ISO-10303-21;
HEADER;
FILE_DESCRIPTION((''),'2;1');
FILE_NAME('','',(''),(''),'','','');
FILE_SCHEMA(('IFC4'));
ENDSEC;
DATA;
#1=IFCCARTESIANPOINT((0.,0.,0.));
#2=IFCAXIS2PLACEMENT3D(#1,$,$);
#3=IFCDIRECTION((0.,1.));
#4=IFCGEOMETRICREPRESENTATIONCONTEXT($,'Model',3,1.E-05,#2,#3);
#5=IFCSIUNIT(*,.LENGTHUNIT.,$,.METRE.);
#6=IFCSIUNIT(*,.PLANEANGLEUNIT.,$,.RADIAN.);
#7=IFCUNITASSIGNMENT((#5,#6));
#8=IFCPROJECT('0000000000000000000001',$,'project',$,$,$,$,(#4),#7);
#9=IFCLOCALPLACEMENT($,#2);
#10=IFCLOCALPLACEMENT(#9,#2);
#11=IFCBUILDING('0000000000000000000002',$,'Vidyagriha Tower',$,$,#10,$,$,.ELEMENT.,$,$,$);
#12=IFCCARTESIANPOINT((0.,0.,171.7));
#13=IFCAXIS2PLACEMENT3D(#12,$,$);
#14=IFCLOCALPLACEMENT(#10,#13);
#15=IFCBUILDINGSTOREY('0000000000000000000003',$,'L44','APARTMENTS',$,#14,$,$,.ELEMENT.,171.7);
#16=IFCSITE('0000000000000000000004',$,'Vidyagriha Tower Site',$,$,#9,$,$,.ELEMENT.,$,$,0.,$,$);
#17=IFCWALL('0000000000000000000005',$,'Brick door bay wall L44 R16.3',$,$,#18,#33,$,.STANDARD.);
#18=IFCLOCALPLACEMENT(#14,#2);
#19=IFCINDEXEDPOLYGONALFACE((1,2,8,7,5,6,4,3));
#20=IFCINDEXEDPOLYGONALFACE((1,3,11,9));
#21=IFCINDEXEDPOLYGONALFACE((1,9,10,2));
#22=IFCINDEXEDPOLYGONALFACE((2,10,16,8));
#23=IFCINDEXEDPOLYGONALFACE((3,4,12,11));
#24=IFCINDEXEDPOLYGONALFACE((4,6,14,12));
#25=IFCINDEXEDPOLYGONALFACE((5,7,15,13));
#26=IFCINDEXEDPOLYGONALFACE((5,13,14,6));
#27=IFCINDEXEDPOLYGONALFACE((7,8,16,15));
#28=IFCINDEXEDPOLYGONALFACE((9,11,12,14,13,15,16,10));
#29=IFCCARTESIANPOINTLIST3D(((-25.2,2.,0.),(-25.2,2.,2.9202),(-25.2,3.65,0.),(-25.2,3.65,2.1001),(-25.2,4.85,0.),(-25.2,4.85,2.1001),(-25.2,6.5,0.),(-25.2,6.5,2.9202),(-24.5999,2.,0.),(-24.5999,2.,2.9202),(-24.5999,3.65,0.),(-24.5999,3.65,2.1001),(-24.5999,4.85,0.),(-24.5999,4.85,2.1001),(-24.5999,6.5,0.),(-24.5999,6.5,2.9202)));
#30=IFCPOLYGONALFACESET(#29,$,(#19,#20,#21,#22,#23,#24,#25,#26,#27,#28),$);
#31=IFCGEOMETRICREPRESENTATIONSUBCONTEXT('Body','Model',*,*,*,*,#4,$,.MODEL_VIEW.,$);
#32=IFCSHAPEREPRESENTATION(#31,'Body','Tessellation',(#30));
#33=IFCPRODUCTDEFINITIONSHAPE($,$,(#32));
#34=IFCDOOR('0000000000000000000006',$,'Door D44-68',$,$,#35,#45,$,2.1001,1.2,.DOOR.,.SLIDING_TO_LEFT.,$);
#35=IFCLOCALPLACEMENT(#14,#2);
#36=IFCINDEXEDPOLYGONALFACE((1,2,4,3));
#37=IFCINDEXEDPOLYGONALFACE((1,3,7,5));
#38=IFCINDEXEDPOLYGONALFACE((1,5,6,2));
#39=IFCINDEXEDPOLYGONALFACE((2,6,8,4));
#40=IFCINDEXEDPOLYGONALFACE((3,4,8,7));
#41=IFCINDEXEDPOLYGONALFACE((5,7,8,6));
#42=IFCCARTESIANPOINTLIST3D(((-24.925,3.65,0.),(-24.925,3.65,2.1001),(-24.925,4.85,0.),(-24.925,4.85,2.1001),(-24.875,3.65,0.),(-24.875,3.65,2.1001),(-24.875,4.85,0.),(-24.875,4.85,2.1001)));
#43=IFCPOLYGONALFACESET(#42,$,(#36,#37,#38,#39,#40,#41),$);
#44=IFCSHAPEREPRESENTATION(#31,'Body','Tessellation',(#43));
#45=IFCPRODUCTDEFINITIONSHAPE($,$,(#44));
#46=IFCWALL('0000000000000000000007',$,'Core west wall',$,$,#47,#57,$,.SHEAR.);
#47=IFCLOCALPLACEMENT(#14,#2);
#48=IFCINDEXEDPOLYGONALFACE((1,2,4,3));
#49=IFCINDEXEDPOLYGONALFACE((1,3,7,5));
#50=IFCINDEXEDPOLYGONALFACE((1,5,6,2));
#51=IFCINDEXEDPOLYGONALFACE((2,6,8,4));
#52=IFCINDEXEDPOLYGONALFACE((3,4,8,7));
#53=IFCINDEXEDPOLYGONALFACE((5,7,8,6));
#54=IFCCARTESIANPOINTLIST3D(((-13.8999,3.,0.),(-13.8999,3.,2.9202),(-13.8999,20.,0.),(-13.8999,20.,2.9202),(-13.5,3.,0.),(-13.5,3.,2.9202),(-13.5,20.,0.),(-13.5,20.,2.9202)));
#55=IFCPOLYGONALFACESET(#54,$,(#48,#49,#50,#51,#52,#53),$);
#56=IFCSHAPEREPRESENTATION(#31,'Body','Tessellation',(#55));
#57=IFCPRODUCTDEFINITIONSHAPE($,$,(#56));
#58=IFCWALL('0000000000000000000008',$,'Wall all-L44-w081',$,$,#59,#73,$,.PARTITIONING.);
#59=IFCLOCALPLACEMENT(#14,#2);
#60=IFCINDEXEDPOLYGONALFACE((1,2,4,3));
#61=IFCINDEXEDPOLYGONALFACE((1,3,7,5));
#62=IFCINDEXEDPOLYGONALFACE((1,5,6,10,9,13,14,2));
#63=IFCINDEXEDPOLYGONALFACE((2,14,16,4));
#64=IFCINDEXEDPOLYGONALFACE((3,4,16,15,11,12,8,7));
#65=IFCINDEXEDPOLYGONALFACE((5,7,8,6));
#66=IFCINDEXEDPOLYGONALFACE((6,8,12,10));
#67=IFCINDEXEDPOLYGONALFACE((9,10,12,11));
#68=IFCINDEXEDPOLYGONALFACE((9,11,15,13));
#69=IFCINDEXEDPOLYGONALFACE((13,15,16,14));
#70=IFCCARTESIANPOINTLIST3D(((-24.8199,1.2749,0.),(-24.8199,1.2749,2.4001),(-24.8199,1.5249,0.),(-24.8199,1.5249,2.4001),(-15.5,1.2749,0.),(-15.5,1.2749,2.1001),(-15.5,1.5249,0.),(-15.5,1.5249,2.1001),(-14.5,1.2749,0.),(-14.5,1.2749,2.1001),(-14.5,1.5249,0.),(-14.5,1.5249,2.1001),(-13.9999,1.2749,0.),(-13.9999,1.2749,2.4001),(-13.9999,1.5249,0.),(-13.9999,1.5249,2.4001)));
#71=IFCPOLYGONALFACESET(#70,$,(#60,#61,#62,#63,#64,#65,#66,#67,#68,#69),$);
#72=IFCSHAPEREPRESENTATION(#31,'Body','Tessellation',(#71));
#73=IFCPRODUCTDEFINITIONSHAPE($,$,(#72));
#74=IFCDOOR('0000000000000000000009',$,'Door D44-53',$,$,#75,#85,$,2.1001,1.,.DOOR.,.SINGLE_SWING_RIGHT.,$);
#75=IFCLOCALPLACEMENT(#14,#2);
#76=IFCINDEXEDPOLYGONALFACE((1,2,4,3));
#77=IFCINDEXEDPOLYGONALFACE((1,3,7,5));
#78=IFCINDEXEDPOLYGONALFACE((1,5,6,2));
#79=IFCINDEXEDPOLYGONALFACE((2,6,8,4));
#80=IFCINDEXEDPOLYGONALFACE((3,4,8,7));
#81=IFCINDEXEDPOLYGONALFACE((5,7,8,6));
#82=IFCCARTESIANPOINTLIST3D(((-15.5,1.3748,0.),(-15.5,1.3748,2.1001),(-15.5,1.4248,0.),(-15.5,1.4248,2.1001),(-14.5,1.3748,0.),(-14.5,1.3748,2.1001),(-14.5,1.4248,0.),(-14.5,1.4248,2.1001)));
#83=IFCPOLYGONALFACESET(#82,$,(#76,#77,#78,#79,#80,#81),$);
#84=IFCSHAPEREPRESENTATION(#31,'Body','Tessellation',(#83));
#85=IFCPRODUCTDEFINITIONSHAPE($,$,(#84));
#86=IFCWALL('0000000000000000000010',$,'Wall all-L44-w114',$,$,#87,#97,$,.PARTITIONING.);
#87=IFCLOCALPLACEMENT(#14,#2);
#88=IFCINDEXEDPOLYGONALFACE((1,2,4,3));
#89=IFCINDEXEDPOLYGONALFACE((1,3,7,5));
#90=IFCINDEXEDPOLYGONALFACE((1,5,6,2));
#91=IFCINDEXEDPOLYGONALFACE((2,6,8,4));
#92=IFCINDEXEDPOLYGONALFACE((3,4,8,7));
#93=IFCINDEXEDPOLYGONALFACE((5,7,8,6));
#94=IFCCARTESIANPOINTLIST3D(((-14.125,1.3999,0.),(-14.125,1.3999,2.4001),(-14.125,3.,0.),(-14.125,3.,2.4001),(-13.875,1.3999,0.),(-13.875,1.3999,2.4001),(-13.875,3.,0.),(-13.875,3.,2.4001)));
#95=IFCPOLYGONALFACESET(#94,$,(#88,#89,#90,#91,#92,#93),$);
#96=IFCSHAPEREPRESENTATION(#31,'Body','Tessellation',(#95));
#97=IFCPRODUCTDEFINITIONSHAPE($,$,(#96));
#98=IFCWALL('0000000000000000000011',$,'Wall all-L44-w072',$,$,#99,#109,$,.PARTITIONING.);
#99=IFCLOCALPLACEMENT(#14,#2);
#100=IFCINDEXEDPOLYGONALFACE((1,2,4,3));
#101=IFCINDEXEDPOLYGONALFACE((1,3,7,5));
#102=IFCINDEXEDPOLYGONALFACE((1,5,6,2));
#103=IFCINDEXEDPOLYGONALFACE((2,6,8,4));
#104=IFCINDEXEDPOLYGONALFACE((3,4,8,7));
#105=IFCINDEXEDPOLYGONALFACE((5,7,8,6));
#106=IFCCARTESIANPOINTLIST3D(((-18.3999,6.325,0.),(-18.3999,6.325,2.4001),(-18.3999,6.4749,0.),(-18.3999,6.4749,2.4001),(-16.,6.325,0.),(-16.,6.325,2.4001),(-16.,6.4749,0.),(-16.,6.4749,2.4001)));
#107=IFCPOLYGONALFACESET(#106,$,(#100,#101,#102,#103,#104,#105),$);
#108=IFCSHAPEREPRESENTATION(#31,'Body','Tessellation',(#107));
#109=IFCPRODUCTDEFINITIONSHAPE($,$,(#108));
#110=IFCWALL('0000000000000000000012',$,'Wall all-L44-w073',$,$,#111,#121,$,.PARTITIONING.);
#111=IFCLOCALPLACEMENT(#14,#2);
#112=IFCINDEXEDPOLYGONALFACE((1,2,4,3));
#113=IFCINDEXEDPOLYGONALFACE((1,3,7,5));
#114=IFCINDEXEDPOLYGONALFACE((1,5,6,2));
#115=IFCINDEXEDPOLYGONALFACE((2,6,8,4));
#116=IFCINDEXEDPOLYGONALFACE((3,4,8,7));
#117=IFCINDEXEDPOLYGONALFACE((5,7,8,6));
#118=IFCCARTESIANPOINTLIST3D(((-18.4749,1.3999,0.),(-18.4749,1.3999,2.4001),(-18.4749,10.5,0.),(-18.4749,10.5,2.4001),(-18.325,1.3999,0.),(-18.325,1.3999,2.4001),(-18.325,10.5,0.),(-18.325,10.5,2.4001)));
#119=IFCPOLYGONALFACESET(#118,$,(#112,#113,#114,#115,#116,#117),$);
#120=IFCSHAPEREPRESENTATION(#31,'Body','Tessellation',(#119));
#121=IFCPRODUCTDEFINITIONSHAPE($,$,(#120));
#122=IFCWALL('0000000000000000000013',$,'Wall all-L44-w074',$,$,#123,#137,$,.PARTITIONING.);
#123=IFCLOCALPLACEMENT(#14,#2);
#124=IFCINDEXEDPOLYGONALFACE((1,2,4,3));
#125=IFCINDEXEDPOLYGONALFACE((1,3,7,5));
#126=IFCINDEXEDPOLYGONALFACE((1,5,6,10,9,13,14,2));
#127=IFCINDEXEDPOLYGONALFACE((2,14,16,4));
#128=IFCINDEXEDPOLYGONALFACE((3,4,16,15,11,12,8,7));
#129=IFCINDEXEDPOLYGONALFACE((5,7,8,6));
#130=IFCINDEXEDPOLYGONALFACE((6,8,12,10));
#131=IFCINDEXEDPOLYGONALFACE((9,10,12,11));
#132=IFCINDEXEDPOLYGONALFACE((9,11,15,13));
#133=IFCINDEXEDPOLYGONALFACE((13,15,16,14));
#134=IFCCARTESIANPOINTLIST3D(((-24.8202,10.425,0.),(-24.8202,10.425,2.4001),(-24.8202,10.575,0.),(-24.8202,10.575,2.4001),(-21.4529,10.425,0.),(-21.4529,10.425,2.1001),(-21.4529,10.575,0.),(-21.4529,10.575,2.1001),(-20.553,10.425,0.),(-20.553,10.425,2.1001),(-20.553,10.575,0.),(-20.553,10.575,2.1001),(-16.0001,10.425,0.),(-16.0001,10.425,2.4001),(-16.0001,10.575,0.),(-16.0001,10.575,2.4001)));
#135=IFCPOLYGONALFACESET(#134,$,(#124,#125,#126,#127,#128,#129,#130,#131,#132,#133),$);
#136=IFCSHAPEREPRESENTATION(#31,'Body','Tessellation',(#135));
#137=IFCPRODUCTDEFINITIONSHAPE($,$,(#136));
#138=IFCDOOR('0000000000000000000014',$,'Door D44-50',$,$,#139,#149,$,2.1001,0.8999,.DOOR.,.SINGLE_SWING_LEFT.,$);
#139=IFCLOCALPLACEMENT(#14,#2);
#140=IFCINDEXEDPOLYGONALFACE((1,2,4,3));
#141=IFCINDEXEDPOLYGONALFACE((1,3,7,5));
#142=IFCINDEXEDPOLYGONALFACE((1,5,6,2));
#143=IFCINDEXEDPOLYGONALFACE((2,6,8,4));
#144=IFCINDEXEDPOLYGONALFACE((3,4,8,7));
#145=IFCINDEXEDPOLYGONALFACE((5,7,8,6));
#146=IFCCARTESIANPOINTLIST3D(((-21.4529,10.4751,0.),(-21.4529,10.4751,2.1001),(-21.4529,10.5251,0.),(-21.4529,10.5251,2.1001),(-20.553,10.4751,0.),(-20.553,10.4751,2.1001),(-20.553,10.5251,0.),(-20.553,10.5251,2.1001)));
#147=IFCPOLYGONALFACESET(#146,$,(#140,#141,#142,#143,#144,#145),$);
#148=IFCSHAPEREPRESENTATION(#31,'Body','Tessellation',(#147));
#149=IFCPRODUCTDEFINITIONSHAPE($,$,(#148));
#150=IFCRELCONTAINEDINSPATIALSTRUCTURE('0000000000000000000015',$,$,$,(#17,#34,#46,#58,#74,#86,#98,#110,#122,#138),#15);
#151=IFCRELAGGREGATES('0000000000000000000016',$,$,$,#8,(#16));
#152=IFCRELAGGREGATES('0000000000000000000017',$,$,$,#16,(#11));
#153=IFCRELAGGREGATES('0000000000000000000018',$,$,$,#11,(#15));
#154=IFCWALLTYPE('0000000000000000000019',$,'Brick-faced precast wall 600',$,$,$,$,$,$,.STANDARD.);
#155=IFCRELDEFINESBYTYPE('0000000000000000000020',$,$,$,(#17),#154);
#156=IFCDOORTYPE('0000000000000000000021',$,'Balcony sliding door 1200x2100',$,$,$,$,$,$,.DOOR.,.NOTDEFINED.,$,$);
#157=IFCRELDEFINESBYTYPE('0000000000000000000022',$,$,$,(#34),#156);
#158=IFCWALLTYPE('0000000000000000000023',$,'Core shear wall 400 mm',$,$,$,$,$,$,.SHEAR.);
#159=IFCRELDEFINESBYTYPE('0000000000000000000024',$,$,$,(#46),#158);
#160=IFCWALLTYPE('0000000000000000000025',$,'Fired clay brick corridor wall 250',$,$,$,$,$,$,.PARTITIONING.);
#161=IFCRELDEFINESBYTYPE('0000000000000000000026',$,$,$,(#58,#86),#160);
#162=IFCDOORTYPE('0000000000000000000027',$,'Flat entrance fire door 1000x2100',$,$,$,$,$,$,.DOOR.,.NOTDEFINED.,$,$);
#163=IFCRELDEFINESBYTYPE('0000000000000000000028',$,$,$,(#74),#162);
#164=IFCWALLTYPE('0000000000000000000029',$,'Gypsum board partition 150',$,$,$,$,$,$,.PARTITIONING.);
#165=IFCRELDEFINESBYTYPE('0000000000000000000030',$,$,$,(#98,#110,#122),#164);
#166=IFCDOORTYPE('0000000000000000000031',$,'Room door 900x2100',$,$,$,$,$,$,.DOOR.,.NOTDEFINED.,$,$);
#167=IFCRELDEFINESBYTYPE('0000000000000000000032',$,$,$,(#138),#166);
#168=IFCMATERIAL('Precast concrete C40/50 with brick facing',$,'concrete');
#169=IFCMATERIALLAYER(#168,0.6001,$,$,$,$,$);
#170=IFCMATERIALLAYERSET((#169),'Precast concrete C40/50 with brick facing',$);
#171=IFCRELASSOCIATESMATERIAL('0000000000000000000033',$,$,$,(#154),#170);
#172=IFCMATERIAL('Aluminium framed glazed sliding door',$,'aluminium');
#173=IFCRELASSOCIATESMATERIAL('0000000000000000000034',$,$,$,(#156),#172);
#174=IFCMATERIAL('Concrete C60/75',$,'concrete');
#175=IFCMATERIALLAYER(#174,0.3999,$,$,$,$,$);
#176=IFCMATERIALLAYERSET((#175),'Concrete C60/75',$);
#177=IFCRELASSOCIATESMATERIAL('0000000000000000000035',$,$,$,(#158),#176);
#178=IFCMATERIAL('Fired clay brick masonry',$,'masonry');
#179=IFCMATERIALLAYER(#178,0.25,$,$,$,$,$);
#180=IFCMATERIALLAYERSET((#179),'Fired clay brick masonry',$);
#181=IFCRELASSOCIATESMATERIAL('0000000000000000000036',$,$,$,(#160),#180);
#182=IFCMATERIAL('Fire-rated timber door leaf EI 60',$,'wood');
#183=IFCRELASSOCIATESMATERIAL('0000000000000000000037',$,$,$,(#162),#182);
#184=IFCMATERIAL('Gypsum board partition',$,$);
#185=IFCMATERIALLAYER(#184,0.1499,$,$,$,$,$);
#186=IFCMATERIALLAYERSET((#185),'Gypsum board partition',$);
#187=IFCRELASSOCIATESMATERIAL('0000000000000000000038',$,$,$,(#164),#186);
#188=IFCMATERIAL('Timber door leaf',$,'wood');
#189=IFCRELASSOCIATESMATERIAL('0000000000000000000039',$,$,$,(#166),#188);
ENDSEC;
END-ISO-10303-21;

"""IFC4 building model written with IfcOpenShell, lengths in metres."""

from ifc_helpers import new_model, si_unit, direction, frame, frame_2d, origin, place, context, subcontext, project, spatial, rectangle, extrude, material, layer, layer_set, type_object, element, fill, save


model = new_model("IFC4")

# Units and contexts
model_context = context("Model", 3, precision=1e-05, world=origin(), true_north=direction((0.0, 1.0)))
body_context = subcontext(model_context, "Body", "Model", "MODEL_VIEW")
ifc_project = project(units=[si_unit("LENGTHUNIT", "METRE"), si_unit("PLANEANGLEUNIT", "RADIAN")], contexts=[model_context])

# Site, building, storey
site_placement = place(None, origin())
site = spatial("IfcSite", under=ifc_project, at=site_placement, Name="Vidyagriha Tower Site", CompositionType="ELEMENT", RefElevation=0.0)
building_placement = place(site_placement, origin())
building = spatial("IfcBuilding", under=site, at=building_placement, Name="Vidyagriha Tower", CompositionType="ELEMENT")
storey_placement = place(building_placement, frame((0.0, 0.0, 171.7)))
storey = spatial("IfcBuildingStorey", under=building, at=storey_placement, Name="L44", Description="APARTMENTS", CompositionType="ELEMENT", Elevation=171.7)

# Wall, opening, door
ifc_material_1 = material(Name="Precast concrete C40/50 with brick facing", Category="concrete")
ifc_layer_1 = layer(ifc_material_1, 0.6001)
ifc_layer_set_1 = layer_set([ifc_layer_1], Name="Precast concrete C40/50 with brick facing")
wall_type_1 = type_object("IfcWallType", Name="Brick-faced precast wall 600", PredefinedType="STANDARD", material=ifc_layer_set_1)
wall_1_placement = place(storey_placement, frame((-24.8999, 6.5, 0.0), z_axis=(0.0, 0.0, 1.0), x_axis=(0.0, -1.0, 0.0)))
wall_1 = element("IfcWall", 1, at=wall_1_placement, inside=storey, type_object=wall_type_1, Name="Brick door bay wall L44 R16.3", PredefinedType="STANDARD", context=body_context, shape_type="SweptSolid", body=[
    extrude(rectangle(XDim=4.5, YDim=0.6001, at=frame_2d((2.25, 0.0))), origin(), (0.0, 0.0, 1.0), 2.9202),
])
opening_1_placement = place(wall_1_placement, frame((1.6499, 0.0, 0.0)))
opening_1 = element("IfcOpeningElement", 2, at=opening_1_placement, cuts=wall_1, PredefinedType="OPENING", context=body_context, shape_type="SweptSolid", body=[
    extrude(rectangle(XDim=1.2, YDim=2.1001, at=frame_2d((0.6001, 1.05))), frame((0.0, 0.3101, 0.0), z_axis=(0.0, -1.0, 0.0), x_axis=(1.0, 0.0, 0.0)), (0.0, 0.0, 1.0), 0.6201),
])
ifc_material_2 = material(Name="Aluminium framed glazed sliding door", Category="aluminium")
door_type_1 = type_object("IfcDoorType", Name="Balcony sliding door 1200x2100", OperationType="NOTDEFINED", PredefinedType="DOOR", material=ifc_material_2)
door_1_placement = place(opening_1_placement, origin())
door_1 = element("IfcDoor", 3, at=door_1_placement, inside=storey, type_object=door_type_1, Name="Door D44-68", OperationType="SLIDING_TO_LEFT", OverallHeight=2.1001, OverallWidth=1.2, PredefinedType="DOOR", context=body_context, shape_type="SweptSolid", body=[
    extrude(rectangle(XDim=1.2, YDim=2.1001, at=frame_2d((0.6001, 1.05))), frame((0.0, 0.0249, 0.0), z_axis=(0.0, -1.0, 0.0), x_axis=(1.0, 0.0, 0.0)), (0.0, 0.0, 1.0), 0.05),
])
fill(opening_1, door_1)

# Wall
ifc_material_3 = material(Name="Concrete C60/75", Category="concrete")
ifc_layer_2 = layer(ifc_material_3, 0.3999)
ifc_layer_set_2 = layer_set([ifc_layer_2], Name="Concrete C60/75")
wall_type_2 = type_object("IfcWallType", Name="Core shear wall 400 mm", PredefinedType="SHEAR", material=ifc_layer_set_2)
wall_2_placement = place(storey_placement, frame((-13.7, 3.0, 0.0), z_axis=(0.0, 0.0, 1.0), x_axis=(0.0, 1.0, 0.0)))
element("IfcWall", 4, at=wall_2_placement, inside=storey, type_object=wall_type_2, Name="Core west wall", PredefinedType="SHEAR", context=body_context, shape_type="SweptSolid", body=[
    extrude(rectangle(XDim=17.0, YDim=0.3999, at=frame_2d((8.5, 0.0))), origin(), (0.0, 0.0, 1.0), 2.9202),
])

# Wall, opening, door
ifc_material_4 = material(Name="Fired clay brick masonry", Category="masonry")
ifc_layer_3 = layer(ifc_material_4, 0.25)
ifc_layer_set_3 = layer_set([ifc_layer_3], Name="Fired clay brick masonry")
wall_type_3 = type_object("IfcWallType", Name="Fired clay brick corridor wall 250", PredefinedType="PARTITIONING", material=ifc_layer_set_3)
wall_3_placement = place(storey_placement, frame((-24.8201, 1.3999, 0.0)))
wall_3 = element("IfcWall", 5, at=wall_3_placement, inside=storey, type_object=wall_type_3, Name="Wall all-L44-w081", PredefinedType="PARTITIONING", context=body_context, shape_type="SweptSolid", body=[
    extrude(rectangle(XDim=10.8201, YDim=0.25, at=frame_2d((5.4102, 0.0))), origin(), (0.0, 0.0, 1.0), 2.4001),
])
opening_2_placement = place(wall_3_placement, frame((9.3201, 0.0, 0.0)))
opening_2 = element("IfcOpeningElement", 6, at=opening_2_placement, cuts=wall_3, PredefinedType="OPENING", context=body_context, shape_type="SweptSolid", body=[
    extrude(rectangle(XDim=1.0, YDim=2.1001, at=frame_2d((0.5, 1.05))), frame((0.0, 0.135, 0.0), z_axis=(0.0, -1.0, 0.0), x_axis=(1.0, 0.0, 0.0)), (0.0, 0.0, 1.0), 0.27),
])
ifc_material_5 = material(Name="Fire-rated timber door leaf EI 60", Category="wood")
door_type_2 = type_object("IfcDoorType", Name="Flat entrance fire door 1000x2100", OperationType="NOTDEFINED", PredefinedType="DOOR", material=ifc_material_5)
door_2_placement = place(opening_2_placement, origin())
door_2 = element("IfcDoor", 7, at=door_2_placement, inside=storey, type_object=door_type_2, Name="Door D44-53", OperationType="SINGLE_SWING_RIGHT", OverallHeight=2.1001, OverallWidth=1.0, PredefinedType="DOOR", context=body_context, shape_type="SweptSolid", body=[
    extrude(rectangle(XDim=1.0, YDim=2.1001, at=frame_2d((0.5, 1.05))), frame((0.0, 0.0249, 0.0), z_axis=(0.0, -1.0, 0.0), x_axis=(1.0, 0.0, 0.0)), (0.0, 0.0, 1.0), 0.05),
])
fill(opening_2, door_2)

# Walls
wall_4_placement = place(storey_placement, frame((-14.0, 3.0, 0.0), z_axis=(0.0, 0.0, 1.0), x_axis=(0.0, -1.0, 0.0)))
element("IfcWall", 8, at=wall_4_placement, inside=storey, type_object=wall_type_3, Name="Wall all-L44-w114", PredefinedType="PARTITIONING", context=body_context, shape_type="SweptSolid", body=[
    extrude(rectangle(XDim=1.6001, YDim=0.25, at=frame_2d((0.8, 0.0))), origin(), (0.0, 0.0, 1.0), 2.4001),
])
ifc_material_6 = material(Name="Gypsum board partition")
ifc_layer_4 = layer(ifc_material_6, 0.1499)
ifc_layer_set_4 = layer_set([ifc_layer_4], Name="Gypsum board partition")
wall_type_4 = type_object("IfcWallType", Name="Gypsum board partition 150", PredefinedType="PARTITIONING", material=ifc_layer_set_4)
wall_5_placement = place(storey_placement, frame((-18.3999, 6.3999, 0.0)))
element("IfcWall", 9, at=wall_5_placement, inside=storey, type_object=wall_type_4, Name="Wall all-L44-w072", PredefinedType="PARTITIONING", context=body_context, shape_type="SweptSolid", body=[
    extrude(rectangle(XDim=2.3999, YDim=0.1499, at=frame_2d((1.2, 0.0))), origin(), (0.0, 0.0, 1.0), 2.4001),
])
wall_6_placement = place(storey_placement, frame((-18.3999, 1.3999, 0.0), z_axis=(0.0, 0.0, 1.0), x_axis=(0.0, 1.0, 0.0)))
element("IfcWall", 10, at=wall_6_placement, inside=storey, type_object=wall_type_4, Name="Wall all-L44-w073", PredefinedType="PARTITIONING", context=body_context, shape_type="SweptSolid", body=[
    extrude(rectangle(XDim=9.1001, YDim=0.1499, at=frame_2d((4.55, 0.0))), origin(), (0.0, 0.0, 1.0), 2.4001),
])

# Wall, opening, door
wall_7_placement = place(storey_placement, frame((-16.0, 10.5, 0.0), z_axis=(0.0, 0.0, 1.0), x_axis=(-1.0, 0.0, 0.0)))
wall_7 = element("IfcWall", 11, at=wall_7_placement, inside=storey, type_object=wall_type_4, Name="Wall all-L44-w074", PredefinedType="PARTITIONING", context=body_context, shape_type="SweptSolid", body=[
    extrude(rectangle(XDim=8.8201, YDim=0.1499, at=frame_2d((4.4102, 0.0))), origin(), (0.0, 0.0, 1.0), 2.4001),
])
opening_3_placement = place(wall_7_placement, frame((4.553, 0.0, 0.0)))
opening_3 = element("IfcOpeningElement", 12, at=opening_3_placement, cuts=wall_7, PredefinedType="OPENING", context=body_context, shape_type="SweptSolid", body=[
    extrude(rectangle(XDim=0.8999, YDim=2.1001, at=frame_2d((0.45, 1.05))), frame((0.0, 0.085, 0.0), z_axis=(0.0, -1.0, 0.0), x_axis=(1.0, 0.0, 0.0)), (0.0, 0.0, 1.0), 0.1699),
])
ifc_material_7 = material(Name="Timber door leaf", Category="wood")
door_type_3 = type_object("IfcDoorType", Name="Room door 900x2100", OperationType="NOTDEFINED", PredefinedType="DOOR", material=ifc_material_7)
door_3_placement = place(opening_3_placement, origin())
door_3 = element("IfcDoor", 13, at=door_3_placement, inside=storey, type_object=door_type_3, Name="Door D44-50", OperationType="SINGLE_SWING_LEFT", OverallHeight=2.1001, OverallWidth=0.8999, PredefinedType="DOOR", context=body_context, shape_type="SweptSolid", body=[
    extrude(rectangle(XDim=0.8999, YDim=2.1001, at=frame_2d((0.45, 1.05))), frame((0.0, 0.0249, 0.0), z_axis=(0.0, -1.0, 0.0), x_axis=(1.0, 0.0, 0.0)), (0.0, 0.0, 1.0), 0.05),
])
fill(opening_3, door_3)

save(model, "model.ifc")
